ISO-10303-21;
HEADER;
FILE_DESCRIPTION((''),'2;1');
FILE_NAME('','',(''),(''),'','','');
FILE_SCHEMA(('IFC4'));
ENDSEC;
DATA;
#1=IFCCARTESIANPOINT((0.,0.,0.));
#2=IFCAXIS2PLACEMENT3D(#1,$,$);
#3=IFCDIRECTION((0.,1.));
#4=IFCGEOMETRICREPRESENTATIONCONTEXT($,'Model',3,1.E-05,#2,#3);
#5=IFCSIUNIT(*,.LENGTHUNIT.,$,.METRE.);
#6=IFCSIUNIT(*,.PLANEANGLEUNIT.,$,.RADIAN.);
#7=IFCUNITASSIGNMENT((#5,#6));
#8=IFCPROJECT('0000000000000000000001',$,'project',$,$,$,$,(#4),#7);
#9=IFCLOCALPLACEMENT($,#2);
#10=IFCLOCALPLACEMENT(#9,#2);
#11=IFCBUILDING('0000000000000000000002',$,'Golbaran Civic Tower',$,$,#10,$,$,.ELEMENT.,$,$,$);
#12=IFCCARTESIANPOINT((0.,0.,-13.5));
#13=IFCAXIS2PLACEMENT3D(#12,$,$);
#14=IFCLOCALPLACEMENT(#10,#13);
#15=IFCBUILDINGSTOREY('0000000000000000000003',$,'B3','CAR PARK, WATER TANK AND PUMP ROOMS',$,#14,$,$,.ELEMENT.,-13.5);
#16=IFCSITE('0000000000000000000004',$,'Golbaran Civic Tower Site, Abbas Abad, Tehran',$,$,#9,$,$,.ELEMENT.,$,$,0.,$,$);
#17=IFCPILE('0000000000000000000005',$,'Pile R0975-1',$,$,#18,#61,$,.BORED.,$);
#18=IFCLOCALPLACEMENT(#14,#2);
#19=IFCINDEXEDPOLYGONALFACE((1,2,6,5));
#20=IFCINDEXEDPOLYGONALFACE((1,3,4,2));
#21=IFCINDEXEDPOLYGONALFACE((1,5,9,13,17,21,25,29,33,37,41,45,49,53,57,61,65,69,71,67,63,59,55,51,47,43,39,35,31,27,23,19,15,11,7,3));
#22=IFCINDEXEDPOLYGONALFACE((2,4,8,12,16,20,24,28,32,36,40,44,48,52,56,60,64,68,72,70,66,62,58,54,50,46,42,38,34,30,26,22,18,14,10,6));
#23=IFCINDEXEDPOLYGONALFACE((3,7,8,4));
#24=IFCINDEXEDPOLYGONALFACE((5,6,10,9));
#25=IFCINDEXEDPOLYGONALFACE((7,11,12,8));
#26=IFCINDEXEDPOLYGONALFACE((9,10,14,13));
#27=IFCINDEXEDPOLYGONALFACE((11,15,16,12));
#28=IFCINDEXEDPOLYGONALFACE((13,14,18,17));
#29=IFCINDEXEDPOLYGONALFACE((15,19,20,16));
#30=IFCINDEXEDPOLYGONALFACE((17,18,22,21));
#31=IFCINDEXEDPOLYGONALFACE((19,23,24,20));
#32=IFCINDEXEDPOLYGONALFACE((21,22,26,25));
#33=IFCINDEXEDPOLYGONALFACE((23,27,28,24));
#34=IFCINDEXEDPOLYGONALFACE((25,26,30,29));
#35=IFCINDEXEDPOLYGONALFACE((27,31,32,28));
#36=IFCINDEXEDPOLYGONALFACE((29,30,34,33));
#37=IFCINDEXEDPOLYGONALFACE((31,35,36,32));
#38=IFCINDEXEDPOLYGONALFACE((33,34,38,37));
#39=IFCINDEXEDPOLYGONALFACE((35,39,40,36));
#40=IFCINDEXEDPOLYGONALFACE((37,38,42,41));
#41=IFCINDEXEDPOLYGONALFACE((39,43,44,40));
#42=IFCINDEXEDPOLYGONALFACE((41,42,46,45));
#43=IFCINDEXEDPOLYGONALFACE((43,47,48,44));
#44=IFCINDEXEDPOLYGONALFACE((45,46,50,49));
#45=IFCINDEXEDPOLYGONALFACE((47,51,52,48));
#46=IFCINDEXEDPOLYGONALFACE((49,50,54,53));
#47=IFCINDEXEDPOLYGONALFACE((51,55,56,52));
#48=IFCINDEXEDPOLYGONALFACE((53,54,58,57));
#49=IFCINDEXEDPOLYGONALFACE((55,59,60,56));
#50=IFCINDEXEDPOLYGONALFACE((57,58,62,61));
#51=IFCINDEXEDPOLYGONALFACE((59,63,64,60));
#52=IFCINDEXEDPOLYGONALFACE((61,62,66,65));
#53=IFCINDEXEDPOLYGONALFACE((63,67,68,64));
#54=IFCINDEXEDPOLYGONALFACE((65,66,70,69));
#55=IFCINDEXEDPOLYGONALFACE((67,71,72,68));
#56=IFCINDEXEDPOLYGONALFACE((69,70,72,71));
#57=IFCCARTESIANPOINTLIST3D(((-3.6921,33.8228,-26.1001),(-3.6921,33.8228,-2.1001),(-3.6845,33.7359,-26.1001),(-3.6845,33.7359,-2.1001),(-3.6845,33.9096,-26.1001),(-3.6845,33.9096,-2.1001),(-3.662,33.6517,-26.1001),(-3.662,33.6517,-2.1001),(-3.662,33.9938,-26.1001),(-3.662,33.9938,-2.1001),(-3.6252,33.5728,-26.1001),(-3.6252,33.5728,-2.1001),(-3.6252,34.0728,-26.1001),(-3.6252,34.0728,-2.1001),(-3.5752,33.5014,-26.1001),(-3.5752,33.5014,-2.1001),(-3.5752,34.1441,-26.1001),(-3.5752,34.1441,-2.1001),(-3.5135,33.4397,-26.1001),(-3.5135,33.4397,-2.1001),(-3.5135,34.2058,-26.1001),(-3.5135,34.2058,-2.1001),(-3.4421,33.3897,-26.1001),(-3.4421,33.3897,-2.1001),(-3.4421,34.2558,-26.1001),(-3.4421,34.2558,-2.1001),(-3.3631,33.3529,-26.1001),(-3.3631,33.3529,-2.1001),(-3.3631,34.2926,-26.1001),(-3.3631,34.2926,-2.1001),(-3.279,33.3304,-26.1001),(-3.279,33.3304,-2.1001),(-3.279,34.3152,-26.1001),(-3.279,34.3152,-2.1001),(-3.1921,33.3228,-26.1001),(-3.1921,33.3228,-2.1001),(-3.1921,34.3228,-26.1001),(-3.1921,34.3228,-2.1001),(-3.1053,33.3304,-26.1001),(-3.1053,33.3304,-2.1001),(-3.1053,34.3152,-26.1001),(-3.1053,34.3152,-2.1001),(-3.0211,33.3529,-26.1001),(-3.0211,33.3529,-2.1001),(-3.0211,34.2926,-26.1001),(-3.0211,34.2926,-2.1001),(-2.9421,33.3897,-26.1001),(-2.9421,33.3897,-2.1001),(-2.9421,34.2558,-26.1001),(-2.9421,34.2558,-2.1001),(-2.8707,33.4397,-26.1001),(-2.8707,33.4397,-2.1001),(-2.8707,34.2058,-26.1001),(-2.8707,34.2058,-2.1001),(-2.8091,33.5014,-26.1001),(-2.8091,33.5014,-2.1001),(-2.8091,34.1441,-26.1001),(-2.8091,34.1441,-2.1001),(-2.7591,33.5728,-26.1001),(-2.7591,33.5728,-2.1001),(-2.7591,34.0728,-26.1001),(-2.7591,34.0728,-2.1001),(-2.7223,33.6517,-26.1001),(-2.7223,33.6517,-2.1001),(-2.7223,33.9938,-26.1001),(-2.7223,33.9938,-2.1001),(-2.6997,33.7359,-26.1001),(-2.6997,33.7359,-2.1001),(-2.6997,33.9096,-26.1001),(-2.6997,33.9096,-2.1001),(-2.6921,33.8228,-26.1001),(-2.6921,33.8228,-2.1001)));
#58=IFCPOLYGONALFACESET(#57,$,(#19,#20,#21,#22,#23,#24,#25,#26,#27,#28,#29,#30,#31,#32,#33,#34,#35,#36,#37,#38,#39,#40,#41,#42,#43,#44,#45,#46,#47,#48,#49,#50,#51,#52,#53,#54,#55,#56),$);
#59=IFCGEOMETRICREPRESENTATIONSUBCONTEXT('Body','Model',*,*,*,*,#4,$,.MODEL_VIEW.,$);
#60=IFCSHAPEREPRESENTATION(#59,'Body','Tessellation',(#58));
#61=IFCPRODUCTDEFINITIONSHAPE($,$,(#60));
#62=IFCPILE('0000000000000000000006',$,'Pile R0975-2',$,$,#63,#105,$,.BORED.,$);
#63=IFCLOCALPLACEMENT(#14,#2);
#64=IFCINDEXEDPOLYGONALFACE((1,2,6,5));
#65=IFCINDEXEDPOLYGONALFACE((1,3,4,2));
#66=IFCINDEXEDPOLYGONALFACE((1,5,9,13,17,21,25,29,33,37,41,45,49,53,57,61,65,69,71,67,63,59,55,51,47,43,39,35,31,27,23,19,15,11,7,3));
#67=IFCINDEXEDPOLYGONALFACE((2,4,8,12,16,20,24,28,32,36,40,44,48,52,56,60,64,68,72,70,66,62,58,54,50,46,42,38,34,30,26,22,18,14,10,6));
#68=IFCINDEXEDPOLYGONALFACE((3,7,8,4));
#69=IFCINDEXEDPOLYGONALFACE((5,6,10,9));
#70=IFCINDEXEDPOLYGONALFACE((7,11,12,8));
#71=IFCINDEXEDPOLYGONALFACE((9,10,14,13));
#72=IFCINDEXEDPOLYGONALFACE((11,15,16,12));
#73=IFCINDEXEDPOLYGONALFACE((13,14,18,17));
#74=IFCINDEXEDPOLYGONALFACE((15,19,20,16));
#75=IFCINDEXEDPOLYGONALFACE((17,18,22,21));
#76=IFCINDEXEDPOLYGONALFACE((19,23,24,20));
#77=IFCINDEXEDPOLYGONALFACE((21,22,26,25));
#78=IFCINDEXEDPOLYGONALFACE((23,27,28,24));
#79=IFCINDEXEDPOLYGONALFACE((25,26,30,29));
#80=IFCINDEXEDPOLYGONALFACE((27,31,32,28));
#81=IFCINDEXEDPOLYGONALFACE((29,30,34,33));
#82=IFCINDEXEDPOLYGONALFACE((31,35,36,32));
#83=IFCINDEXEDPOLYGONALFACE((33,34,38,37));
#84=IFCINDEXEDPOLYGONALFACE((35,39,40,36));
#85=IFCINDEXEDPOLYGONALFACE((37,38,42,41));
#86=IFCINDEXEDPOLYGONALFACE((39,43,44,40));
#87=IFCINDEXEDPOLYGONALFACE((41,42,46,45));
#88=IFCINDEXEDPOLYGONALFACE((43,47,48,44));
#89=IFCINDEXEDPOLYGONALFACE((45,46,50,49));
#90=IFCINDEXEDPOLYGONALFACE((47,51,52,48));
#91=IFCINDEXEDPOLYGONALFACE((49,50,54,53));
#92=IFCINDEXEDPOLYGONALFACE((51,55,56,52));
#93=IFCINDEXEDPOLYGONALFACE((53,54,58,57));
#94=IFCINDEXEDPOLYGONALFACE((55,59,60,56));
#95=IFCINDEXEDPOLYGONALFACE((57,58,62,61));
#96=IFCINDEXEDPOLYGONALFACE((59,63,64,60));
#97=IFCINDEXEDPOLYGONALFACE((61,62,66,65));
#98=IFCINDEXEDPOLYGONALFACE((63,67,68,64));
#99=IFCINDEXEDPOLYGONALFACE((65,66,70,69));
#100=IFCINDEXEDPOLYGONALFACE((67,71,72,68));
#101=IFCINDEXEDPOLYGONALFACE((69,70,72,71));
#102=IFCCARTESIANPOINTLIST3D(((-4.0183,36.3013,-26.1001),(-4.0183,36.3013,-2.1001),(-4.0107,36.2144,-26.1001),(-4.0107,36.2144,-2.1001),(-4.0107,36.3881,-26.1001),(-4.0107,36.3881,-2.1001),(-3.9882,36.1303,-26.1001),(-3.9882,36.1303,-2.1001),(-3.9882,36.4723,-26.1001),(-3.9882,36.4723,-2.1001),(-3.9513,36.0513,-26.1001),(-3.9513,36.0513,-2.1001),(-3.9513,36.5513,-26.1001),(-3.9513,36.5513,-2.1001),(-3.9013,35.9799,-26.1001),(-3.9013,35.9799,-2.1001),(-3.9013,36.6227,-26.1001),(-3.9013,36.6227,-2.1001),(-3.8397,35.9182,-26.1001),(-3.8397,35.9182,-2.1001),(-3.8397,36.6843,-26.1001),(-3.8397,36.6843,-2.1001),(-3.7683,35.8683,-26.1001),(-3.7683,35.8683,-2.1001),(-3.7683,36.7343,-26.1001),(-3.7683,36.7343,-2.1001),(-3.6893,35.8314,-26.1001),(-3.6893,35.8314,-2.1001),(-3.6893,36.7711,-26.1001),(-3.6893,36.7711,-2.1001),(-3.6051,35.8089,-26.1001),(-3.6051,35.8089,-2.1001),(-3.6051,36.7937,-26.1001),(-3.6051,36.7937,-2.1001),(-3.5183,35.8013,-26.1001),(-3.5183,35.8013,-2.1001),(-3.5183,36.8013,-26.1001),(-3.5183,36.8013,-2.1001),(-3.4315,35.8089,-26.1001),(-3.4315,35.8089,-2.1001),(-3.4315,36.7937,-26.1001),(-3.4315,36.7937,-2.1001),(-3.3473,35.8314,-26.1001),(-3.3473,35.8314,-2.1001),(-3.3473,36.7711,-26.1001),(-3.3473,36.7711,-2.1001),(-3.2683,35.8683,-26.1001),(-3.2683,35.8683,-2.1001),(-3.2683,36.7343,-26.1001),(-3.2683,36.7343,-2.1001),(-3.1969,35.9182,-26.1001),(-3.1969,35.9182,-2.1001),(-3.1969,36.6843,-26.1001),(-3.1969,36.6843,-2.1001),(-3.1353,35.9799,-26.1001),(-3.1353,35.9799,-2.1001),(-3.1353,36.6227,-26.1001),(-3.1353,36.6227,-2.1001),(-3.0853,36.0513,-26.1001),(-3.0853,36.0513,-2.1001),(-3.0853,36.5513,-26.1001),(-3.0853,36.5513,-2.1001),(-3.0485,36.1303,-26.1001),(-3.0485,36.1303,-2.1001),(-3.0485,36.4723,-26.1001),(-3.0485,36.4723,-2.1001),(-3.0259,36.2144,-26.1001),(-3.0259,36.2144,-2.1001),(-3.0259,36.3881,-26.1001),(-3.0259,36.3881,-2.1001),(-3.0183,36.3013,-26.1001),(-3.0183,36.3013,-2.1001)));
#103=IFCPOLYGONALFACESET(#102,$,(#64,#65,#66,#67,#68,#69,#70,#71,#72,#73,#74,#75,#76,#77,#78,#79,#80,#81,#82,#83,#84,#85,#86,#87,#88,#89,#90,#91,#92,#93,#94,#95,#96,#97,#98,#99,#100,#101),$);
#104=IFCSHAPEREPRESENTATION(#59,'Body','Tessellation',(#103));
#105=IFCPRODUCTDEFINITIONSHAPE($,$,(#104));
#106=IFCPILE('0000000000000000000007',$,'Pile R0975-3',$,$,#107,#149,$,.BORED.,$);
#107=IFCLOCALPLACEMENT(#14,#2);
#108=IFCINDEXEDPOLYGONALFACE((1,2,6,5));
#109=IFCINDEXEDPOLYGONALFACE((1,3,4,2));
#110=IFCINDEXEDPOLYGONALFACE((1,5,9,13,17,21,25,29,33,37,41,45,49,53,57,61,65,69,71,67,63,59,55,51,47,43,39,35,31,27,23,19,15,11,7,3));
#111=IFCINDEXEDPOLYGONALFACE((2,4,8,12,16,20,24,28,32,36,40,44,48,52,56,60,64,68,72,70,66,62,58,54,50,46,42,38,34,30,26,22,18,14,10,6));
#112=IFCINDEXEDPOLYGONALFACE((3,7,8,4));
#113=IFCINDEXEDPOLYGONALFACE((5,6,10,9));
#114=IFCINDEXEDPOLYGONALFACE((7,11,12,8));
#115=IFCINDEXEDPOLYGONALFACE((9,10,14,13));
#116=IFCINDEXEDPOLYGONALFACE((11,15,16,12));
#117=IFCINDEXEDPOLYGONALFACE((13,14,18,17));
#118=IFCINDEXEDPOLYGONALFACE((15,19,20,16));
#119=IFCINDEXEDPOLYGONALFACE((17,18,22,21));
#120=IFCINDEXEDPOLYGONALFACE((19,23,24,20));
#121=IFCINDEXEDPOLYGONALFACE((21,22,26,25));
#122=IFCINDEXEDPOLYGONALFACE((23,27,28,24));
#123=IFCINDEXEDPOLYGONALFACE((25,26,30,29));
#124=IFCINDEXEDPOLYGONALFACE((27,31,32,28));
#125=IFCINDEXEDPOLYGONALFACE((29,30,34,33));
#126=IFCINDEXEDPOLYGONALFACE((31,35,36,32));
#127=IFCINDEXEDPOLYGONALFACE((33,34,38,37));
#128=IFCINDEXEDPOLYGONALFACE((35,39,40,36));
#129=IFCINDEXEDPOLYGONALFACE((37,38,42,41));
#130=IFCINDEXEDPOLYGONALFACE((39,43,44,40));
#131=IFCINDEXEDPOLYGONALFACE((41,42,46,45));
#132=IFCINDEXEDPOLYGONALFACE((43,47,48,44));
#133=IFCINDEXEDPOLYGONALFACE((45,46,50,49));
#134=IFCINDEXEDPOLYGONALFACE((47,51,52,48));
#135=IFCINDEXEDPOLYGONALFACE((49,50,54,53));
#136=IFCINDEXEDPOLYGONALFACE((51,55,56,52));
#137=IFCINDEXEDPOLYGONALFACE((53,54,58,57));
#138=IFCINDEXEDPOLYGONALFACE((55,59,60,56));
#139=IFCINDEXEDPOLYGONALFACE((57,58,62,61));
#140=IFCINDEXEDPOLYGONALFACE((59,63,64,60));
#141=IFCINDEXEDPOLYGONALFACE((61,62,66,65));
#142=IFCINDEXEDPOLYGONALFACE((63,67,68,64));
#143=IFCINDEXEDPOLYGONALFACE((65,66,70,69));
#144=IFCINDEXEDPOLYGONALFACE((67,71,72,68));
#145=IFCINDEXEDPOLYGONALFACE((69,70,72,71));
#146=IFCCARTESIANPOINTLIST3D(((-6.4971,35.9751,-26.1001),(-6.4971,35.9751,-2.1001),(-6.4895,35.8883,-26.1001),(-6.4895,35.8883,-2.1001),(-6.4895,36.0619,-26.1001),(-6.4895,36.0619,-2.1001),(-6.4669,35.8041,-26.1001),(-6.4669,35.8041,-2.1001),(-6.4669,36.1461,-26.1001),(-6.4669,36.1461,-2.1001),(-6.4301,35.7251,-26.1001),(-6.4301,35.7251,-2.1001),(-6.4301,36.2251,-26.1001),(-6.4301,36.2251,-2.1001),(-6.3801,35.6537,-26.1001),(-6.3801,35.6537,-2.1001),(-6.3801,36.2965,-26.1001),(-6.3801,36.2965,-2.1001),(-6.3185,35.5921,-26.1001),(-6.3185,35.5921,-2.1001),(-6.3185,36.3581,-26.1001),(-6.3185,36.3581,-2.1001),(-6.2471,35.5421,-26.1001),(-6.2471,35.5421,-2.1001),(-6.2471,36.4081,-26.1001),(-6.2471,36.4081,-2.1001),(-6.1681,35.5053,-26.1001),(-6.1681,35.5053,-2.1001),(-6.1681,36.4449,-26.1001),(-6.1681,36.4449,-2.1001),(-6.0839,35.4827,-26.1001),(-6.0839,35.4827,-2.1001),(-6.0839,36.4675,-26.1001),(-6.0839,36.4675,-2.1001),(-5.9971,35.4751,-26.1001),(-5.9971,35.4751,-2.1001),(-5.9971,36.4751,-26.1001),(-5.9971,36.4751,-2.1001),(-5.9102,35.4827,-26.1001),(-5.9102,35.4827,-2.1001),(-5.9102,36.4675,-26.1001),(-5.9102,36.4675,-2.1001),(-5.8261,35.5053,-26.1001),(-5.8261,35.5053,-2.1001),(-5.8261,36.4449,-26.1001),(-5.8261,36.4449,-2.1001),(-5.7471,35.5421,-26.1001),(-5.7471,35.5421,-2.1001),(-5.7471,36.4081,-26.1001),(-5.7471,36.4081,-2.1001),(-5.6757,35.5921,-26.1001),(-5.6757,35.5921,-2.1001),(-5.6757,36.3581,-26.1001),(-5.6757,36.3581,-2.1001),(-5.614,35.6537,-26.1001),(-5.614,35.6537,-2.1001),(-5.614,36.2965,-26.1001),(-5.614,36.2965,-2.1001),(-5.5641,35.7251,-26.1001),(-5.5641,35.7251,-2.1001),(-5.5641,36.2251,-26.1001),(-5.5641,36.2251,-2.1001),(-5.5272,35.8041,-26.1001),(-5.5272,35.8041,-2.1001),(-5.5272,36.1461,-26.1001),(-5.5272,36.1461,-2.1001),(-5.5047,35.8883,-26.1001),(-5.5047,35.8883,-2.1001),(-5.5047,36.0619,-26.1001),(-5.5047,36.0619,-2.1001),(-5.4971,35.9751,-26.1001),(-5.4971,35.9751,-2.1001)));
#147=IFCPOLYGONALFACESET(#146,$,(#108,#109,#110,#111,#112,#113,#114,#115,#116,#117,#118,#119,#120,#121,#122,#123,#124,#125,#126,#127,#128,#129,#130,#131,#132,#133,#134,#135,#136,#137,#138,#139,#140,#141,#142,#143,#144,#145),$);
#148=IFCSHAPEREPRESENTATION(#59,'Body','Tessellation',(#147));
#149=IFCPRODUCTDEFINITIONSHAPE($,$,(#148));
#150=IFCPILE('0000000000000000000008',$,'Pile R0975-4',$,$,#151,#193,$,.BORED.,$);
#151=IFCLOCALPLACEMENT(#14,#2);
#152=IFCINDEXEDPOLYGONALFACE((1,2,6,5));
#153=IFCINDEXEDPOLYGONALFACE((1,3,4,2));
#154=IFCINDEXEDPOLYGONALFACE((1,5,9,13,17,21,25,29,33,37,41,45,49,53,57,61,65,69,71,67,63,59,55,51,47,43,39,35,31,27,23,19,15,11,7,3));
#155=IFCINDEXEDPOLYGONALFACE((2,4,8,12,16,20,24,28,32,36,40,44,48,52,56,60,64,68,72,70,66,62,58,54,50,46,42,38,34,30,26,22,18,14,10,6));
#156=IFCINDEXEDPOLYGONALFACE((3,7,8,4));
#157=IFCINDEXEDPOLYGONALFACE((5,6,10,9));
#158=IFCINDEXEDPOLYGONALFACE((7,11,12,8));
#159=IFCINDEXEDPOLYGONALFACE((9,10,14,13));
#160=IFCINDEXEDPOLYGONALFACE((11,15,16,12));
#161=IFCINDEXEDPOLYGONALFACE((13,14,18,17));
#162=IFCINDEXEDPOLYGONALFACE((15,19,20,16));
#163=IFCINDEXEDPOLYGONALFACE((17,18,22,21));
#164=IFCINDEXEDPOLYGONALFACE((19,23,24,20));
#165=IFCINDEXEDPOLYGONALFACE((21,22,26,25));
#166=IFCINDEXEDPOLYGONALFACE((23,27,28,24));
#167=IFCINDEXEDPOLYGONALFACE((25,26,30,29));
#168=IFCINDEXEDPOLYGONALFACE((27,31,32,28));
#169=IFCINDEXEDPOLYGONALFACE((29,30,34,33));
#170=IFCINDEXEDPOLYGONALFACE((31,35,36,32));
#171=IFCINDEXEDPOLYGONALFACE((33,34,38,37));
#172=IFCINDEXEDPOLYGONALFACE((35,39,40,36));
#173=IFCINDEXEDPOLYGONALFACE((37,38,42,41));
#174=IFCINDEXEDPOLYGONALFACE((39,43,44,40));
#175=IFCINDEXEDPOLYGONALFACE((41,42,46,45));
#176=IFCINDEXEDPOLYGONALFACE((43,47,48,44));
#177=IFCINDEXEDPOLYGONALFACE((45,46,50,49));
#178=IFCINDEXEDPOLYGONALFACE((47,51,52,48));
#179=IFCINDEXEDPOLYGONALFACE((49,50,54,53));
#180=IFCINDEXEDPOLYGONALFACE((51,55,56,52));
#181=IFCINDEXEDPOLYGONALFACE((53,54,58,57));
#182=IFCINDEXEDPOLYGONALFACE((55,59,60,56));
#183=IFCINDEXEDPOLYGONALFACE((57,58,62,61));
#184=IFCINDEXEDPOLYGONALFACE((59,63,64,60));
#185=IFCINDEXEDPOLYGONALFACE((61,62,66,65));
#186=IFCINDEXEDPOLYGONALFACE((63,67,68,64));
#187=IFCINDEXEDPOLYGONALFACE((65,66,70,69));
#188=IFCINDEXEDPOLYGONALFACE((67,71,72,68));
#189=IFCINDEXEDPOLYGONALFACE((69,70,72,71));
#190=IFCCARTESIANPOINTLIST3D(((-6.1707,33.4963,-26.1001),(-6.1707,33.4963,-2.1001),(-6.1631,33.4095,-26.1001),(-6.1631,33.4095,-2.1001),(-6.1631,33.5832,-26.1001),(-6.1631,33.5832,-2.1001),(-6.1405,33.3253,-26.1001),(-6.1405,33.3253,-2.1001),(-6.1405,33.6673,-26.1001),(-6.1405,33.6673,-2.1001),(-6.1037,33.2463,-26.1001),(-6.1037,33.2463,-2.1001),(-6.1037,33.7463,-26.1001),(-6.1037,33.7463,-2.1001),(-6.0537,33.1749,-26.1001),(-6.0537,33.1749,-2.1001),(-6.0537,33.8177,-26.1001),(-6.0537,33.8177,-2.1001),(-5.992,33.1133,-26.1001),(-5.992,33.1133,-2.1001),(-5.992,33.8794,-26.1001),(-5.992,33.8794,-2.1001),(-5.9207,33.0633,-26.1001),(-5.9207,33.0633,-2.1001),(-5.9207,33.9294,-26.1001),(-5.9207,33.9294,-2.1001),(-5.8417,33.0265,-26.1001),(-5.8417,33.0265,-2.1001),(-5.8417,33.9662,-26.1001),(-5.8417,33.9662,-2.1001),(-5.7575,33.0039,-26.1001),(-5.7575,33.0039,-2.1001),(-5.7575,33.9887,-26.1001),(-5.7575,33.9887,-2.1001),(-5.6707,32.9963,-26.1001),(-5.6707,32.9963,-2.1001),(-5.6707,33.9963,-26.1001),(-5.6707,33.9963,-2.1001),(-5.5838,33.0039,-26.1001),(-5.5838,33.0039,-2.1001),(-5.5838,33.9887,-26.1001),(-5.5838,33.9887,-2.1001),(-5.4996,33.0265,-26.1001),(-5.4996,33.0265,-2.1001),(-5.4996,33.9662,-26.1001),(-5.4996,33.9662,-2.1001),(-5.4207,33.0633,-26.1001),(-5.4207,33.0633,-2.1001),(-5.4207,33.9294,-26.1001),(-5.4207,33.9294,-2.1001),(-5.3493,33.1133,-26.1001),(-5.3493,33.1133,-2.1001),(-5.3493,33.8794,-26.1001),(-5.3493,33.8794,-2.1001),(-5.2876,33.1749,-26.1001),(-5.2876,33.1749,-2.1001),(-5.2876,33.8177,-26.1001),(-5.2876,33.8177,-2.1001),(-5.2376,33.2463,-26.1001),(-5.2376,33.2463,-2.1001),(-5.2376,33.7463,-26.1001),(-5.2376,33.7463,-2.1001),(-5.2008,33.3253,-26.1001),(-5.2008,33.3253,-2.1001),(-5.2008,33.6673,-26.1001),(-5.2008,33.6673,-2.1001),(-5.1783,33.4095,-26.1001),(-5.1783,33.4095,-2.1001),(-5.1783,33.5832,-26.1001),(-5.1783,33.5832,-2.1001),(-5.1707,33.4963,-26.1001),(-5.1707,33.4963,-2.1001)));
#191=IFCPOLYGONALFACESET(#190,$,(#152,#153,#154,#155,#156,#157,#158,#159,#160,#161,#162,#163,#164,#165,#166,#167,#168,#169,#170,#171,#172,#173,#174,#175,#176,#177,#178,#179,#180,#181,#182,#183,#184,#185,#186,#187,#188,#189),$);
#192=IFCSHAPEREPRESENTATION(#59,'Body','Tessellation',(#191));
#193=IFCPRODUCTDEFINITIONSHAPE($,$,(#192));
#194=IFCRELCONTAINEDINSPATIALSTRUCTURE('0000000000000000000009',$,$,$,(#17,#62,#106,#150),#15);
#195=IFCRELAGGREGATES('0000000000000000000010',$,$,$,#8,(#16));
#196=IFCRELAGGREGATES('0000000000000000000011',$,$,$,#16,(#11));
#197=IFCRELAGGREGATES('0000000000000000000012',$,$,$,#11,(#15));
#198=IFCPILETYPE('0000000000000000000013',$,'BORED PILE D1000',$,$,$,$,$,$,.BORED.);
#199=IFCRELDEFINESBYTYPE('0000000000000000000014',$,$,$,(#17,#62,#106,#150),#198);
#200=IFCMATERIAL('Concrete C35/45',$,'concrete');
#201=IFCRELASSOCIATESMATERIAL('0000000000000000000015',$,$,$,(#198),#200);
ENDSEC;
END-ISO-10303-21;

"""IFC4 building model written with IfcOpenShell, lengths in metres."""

from ifc_helpers import new_model, si_unit, direction, frame, origin, origin_2d, place, context, subcontext, project, spatial, circle, extrude, material, material_profile, profile_set, type_object, element, save


model = new_model("IFC4")

# Units and contexts
model_context = context("Model", 3, precision=1e-05, world=origin(), true_north=direction((0.0, 1.0)))
body_context = subcontext(model_context, "Body", "Model", "MODEL_VIEW")
ifc_project = project(units=[si_unit("LENGTHUNIT", "METRE"), si_unit("PLANEANGLEUNIT", "RADIAN")], contexts=[model_context])

# Site, building, storey
site_placement = place(None, origin())
site = spatial("IfcSite", under=ifc_project, at=site_placement, Name="Golbaran Civic Tower Site, Abbas Abad, Tehran", CompositionType="ELEMENT", RefElevation=0.0)
building_placement = place(site_placement, origin())
building = spatial("IfcBuilding", under=site, at=building_placement, Name="Golbaran Civic Tower", CompositionType="ELEMENT")
storey_placement = place(building_placement, frame((0.0, 0.0, -13.5)))
storey = spatial("IfcBuildingStorey", under=building, at=storey_placement, Name="B3", Description="CAR PARK, WATER TANK AND PUMP ROOMS", CompositionType="ELEMENT", Elevation=-13.5)

# Piles
ifc_material_1 = material(Name="Concrete C35/45", Category="concrete")
ifc_material_profile_1 = material_profile(ifc_material_1, circle(Radius=0.5, at=origin_2d()), Name="BORED PILE D1000")
ifc_profile_set_1 = profile_set([ifc_material_profile_1], Name="Concrete C35/45")
pile_type_1 = type_object("IfcPileType", Name="BORED PILE D1000", PredefinedType="BORED", material=ifc_profile_set_1)
for number, where, z_axis, x_axis, name in (
    (1, (-3.1921, 33.8228, -2.1001), (0.0, 0.0, -1.0), (1.0, 0.0, 0.0), "Pile R0975-1"),
    (2, (-3.5183, 36.3013, -2.1001), (0.0, 0.0, -1.0), (1.0, 0.0, 0.0), "Pile R0975-2"),
    (3, (-5.9971, 35.9751, -2.1001), (0.0, 0.0, -1.0), (1.0, 0.0, 0.0), "Pile R0975-3"),
    (4, (-5.6707, 33.4963, -2.1001), (0.0, 0.0, -1.0), (1.0, 0.0, 0.0), "Pile R0975-4"),
):
    element("IfcPile", number, at=place(storey_placement, frame(where, z_axis=z_axis, x_axis=x_axis)), inside=storey, type_object=pile_type_1, Name=name, PredefinedType="BORED", context=body_context, shape_type="SweptSolid", body=[
        extrude(circle(Radius=0.5, at=origin_2d()), origin(), (0.0, 0.0, 1.0), 24.0),
    ])

save(model, "model.ifc")
